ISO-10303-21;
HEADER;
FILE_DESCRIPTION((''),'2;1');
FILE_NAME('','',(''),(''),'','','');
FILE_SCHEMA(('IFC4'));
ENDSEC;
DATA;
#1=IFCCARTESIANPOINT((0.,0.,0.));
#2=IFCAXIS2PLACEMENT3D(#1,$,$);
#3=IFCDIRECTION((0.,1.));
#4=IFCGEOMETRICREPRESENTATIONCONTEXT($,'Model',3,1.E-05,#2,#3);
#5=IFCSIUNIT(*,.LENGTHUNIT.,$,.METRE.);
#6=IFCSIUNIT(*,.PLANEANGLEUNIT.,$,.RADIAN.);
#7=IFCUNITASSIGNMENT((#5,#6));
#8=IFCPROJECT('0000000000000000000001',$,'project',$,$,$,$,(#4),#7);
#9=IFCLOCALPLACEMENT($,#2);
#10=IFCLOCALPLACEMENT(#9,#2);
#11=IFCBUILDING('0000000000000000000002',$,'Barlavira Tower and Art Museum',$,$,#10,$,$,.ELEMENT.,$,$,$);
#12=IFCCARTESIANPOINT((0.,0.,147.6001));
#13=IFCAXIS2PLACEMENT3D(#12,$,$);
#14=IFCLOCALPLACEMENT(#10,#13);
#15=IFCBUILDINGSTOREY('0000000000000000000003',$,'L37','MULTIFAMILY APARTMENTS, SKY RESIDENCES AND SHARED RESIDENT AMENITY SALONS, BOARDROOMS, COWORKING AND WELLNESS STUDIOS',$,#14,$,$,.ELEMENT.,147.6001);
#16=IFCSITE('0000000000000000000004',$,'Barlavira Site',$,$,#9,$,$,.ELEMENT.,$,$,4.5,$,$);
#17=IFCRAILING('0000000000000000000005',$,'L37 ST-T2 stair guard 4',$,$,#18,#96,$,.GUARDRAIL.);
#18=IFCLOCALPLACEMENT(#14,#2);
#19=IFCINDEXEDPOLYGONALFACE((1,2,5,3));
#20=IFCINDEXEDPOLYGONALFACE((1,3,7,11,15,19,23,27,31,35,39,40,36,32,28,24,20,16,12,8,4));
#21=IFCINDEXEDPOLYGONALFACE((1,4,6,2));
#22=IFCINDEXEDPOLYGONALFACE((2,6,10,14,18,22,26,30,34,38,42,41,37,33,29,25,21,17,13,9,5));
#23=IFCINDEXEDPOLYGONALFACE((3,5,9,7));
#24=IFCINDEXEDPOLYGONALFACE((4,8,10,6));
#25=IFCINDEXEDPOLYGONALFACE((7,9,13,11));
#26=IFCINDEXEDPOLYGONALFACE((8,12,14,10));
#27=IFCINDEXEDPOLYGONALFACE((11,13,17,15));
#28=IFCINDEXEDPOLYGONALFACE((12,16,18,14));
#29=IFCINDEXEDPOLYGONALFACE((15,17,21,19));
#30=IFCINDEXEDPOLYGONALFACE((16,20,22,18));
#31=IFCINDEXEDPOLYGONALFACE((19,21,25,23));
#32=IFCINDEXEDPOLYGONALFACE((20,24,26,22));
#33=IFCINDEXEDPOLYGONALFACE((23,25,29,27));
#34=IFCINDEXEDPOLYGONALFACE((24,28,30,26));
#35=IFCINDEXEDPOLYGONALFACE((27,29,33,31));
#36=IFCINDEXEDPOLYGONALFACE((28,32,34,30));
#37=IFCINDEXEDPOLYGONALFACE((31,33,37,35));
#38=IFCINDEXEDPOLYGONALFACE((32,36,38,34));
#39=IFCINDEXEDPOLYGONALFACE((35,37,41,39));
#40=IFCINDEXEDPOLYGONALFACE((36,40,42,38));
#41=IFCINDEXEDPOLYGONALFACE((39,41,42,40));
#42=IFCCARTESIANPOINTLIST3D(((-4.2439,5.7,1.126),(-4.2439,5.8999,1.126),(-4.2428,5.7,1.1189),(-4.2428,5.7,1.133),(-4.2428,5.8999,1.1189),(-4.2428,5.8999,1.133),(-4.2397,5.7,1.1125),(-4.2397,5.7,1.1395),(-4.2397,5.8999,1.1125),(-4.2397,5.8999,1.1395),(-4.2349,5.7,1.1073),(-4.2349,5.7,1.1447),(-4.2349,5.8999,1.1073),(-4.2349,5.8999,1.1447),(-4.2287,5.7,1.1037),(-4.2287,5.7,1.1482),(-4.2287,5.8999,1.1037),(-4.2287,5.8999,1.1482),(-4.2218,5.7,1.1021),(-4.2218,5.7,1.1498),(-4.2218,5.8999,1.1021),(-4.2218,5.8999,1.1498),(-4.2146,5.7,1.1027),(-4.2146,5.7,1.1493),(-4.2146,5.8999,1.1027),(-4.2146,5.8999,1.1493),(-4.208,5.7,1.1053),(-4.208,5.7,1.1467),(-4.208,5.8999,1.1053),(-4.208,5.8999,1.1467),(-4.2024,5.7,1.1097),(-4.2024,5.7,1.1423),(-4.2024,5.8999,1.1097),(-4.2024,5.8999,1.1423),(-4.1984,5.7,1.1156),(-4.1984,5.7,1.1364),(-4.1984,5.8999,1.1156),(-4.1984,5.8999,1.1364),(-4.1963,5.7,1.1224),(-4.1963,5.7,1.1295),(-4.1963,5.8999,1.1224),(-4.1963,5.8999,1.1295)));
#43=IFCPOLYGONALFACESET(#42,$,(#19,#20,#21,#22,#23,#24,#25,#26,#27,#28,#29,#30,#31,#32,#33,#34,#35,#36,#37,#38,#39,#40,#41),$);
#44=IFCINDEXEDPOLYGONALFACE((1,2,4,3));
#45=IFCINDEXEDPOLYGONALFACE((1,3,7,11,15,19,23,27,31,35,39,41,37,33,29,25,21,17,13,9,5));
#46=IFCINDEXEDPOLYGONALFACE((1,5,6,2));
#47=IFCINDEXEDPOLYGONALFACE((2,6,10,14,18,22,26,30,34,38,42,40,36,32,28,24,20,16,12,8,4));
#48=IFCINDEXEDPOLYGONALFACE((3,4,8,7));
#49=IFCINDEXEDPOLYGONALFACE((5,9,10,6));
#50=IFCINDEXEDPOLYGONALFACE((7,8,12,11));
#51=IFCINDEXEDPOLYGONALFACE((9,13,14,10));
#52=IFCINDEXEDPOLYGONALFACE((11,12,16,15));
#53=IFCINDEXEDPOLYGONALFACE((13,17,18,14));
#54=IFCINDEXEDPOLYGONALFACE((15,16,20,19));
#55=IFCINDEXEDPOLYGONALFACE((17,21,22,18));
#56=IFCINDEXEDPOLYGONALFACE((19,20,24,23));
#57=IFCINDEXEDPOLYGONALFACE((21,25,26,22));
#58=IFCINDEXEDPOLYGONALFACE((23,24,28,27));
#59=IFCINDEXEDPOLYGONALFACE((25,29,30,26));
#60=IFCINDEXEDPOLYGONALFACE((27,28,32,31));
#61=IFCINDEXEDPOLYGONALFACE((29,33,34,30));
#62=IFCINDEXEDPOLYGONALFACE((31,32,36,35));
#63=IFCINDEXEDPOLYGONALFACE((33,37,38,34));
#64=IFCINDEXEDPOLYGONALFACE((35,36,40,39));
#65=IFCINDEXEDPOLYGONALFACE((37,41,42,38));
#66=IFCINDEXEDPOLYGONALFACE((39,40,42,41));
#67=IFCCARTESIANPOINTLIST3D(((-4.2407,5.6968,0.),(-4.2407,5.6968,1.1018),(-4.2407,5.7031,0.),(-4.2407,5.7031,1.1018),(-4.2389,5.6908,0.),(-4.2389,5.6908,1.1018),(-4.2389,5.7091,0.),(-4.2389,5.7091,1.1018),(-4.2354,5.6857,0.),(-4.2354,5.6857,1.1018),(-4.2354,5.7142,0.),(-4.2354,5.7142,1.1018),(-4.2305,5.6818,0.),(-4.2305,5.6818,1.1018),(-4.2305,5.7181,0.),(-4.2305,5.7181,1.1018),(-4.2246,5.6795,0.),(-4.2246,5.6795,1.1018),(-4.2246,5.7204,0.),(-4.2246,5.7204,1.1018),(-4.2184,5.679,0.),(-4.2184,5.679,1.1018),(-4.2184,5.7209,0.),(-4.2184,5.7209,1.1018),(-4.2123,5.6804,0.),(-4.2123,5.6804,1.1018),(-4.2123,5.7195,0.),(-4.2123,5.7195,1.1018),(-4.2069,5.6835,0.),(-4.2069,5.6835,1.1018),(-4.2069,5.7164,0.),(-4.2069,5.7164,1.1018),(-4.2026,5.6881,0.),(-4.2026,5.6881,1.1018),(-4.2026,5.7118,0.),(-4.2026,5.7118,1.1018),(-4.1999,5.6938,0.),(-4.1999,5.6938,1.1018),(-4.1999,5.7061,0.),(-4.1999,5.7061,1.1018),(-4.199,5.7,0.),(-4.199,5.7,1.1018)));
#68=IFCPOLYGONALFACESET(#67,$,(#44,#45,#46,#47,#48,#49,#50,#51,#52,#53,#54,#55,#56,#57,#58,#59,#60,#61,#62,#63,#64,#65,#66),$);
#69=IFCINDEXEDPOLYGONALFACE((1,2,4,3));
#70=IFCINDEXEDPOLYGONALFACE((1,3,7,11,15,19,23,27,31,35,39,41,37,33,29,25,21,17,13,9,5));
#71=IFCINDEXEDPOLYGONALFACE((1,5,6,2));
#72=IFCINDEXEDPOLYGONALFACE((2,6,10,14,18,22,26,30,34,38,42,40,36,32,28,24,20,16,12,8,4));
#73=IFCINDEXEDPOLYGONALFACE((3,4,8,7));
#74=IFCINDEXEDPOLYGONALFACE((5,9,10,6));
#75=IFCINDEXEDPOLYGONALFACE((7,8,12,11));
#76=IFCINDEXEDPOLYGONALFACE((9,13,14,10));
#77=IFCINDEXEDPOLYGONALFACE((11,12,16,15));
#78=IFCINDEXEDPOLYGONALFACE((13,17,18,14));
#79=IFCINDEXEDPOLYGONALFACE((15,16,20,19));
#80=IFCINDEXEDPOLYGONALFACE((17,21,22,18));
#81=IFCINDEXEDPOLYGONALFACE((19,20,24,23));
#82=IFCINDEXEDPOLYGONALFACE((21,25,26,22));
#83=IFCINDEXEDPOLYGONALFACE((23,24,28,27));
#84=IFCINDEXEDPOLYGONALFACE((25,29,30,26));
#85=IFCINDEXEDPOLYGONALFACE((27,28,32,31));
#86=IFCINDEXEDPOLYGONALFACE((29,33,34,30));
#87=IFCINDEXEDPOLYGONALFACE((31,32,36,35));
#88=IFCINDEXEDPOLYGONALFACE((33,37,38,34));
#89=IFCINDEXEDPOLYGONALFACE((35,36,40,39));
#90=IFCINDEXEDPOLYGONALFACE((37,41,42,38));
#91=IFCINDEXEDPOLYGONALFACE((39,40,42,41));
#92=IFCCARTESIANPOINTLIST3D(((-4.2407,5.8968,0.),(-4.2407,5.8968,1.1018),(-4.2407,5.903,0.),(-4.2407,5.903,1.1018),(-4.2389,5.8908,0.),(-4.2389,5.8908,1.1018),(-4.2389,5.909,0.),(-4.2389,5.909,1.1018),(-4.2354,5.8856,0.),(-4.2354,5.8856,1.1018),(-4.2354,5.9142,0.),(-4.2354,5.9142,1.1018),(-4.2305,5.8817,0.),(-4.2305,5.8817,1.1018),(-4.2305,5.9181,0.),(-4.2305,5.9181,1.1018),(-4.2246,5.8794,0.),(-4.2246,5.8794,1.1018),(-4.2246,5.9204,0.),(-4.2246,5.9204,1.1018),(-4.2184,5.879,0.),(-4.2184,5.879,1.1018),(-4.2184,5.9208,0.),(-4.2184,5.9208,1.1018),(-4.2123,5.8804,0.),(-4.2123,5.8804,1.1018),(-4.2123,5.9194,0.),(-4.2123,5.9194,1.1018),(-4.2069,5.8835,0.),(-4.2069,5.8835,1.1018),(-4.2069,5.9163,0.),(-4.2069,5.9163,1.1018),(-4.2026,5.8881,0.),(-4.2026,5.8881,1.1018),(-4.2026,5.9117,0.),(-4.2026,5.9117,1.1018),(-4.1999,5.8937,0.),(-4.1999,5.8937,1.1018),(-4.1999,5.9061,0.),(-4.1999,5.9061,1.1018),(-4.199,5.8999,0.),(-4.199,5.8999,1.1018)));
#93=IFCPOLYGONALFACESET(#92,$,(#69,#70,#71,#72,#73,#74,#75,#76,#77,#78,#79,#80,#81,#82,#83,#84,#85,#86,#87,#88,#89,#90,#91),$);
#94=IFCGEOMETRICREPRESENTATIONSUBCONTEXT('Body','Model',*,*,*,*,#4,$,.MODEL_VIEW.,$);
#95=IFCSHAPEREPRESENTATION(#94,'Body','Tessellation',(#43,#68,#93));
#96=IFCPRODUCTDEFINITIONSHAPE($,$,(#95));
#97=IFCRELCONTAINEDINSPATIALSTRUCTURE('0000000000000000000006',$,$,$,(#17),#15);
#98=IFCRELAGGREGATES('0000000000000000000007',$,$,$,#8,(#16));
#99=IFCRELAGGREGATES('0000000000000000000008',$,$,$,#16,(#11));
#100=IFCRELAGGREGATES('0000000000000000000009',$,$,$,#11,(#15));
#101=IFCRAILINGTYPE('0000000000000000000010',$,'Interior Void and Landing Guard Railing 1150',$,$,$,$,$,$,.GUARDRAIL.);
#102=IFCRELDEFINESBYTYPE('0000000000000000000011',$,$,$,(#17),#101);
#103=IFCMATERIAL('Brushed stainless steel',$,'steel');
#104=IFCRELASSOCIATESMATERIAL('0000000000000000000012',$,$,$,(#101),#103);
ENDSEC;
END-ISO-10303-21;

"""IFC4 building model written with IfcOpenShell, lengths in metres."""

from ifc_helpers import new_model, si_unit, direction, frame, origin, origin_2d, place, context, subcontext, project, spatial, circle, extrude, material, type_object, element, save


model = new_model("IFC4")

# Units and contexts
model_context = context("Model", 3, precision=1e-05, world=origin(), true_north=direction((0.0, 1.0)))
body_context = subcontext(model_context, "Body", "Model", "MODEL_VIEW")
ifc_project = project(units=[si_unit("LENGTHUNIT", "METRE"), si_unit("PLANEANGLEUNIT", "RADIAN")], contexts=[model_context])

# Site, building, storey
site_placement = place(None, origin())
site = spatial("IfcSite", under=ifc_project, at=site_placement, Name="Barlavira Site", CompositionType="ELEMENT", RefElevation=4.5)
building_placement = place(site_placement, origin())
building = spatial("IfcBuilding", under=site, at=building_placement, Name="Barlavira Tower and Art Museum", CompositionType="ELEMENT")
storey_placement = place(building_placement, frame((0.0, 0.0, 147.6001)))
storey = spatial("IfcBuildingStorey", under=building, at=storey_placement, Name="L37", Description="MULTIFAMILY APARTMENTS, SKY RESIDENCES AND SHARED RESIDENT AMENITY SALONS, BOARDROOMS, COWORKING AND WELLNESS STUDIOS", CompositionType="ELEMENT", Elevation=147.6001)

# Shared definitions
ifc_material_1 = material(Name="Brushed stainless steel", Category="steel")

# Railing
railing_type_1 = type_object("IfcRailingType", Name="Interior Void and Landing Guard Railing 1150", PredefinedType="GUARDRAIL", material=ifc_material_1)
railing_1_placement = place(storey_placement, frame((-4.22, 5.7, 0.0)))
element("IfcRailing", 1, at=railing_1_placement, inside=storey, type_object=railing_type_1, Name="L37 ST-T2 stair guard 4", PredefinedType="GUARDRAIL", context=body_context, shape_type="SweptSolid", body=[
    extrude(circle(Radius=0.0239, at=origin_2d()), frame((0.0, 0.0, 1.126), z_axis=(0.0, 1.0, 0.0), x_axis=(-1.0, 0.0, 0.0)), (0.0, 0.0, 1.0), 0.2),
    extrude(circle(Radius=0.021, at=origin_2d()), origin(), (0.0, 0.0, 1.0), 1.1018),
    extrude(circle(Radius=0.021, at=origin_2d()), frame((0.0, 0.2, 0.0)), (0.0, 0.0, 1.0), 1.1018),
])

save(model, "model.ifc")
